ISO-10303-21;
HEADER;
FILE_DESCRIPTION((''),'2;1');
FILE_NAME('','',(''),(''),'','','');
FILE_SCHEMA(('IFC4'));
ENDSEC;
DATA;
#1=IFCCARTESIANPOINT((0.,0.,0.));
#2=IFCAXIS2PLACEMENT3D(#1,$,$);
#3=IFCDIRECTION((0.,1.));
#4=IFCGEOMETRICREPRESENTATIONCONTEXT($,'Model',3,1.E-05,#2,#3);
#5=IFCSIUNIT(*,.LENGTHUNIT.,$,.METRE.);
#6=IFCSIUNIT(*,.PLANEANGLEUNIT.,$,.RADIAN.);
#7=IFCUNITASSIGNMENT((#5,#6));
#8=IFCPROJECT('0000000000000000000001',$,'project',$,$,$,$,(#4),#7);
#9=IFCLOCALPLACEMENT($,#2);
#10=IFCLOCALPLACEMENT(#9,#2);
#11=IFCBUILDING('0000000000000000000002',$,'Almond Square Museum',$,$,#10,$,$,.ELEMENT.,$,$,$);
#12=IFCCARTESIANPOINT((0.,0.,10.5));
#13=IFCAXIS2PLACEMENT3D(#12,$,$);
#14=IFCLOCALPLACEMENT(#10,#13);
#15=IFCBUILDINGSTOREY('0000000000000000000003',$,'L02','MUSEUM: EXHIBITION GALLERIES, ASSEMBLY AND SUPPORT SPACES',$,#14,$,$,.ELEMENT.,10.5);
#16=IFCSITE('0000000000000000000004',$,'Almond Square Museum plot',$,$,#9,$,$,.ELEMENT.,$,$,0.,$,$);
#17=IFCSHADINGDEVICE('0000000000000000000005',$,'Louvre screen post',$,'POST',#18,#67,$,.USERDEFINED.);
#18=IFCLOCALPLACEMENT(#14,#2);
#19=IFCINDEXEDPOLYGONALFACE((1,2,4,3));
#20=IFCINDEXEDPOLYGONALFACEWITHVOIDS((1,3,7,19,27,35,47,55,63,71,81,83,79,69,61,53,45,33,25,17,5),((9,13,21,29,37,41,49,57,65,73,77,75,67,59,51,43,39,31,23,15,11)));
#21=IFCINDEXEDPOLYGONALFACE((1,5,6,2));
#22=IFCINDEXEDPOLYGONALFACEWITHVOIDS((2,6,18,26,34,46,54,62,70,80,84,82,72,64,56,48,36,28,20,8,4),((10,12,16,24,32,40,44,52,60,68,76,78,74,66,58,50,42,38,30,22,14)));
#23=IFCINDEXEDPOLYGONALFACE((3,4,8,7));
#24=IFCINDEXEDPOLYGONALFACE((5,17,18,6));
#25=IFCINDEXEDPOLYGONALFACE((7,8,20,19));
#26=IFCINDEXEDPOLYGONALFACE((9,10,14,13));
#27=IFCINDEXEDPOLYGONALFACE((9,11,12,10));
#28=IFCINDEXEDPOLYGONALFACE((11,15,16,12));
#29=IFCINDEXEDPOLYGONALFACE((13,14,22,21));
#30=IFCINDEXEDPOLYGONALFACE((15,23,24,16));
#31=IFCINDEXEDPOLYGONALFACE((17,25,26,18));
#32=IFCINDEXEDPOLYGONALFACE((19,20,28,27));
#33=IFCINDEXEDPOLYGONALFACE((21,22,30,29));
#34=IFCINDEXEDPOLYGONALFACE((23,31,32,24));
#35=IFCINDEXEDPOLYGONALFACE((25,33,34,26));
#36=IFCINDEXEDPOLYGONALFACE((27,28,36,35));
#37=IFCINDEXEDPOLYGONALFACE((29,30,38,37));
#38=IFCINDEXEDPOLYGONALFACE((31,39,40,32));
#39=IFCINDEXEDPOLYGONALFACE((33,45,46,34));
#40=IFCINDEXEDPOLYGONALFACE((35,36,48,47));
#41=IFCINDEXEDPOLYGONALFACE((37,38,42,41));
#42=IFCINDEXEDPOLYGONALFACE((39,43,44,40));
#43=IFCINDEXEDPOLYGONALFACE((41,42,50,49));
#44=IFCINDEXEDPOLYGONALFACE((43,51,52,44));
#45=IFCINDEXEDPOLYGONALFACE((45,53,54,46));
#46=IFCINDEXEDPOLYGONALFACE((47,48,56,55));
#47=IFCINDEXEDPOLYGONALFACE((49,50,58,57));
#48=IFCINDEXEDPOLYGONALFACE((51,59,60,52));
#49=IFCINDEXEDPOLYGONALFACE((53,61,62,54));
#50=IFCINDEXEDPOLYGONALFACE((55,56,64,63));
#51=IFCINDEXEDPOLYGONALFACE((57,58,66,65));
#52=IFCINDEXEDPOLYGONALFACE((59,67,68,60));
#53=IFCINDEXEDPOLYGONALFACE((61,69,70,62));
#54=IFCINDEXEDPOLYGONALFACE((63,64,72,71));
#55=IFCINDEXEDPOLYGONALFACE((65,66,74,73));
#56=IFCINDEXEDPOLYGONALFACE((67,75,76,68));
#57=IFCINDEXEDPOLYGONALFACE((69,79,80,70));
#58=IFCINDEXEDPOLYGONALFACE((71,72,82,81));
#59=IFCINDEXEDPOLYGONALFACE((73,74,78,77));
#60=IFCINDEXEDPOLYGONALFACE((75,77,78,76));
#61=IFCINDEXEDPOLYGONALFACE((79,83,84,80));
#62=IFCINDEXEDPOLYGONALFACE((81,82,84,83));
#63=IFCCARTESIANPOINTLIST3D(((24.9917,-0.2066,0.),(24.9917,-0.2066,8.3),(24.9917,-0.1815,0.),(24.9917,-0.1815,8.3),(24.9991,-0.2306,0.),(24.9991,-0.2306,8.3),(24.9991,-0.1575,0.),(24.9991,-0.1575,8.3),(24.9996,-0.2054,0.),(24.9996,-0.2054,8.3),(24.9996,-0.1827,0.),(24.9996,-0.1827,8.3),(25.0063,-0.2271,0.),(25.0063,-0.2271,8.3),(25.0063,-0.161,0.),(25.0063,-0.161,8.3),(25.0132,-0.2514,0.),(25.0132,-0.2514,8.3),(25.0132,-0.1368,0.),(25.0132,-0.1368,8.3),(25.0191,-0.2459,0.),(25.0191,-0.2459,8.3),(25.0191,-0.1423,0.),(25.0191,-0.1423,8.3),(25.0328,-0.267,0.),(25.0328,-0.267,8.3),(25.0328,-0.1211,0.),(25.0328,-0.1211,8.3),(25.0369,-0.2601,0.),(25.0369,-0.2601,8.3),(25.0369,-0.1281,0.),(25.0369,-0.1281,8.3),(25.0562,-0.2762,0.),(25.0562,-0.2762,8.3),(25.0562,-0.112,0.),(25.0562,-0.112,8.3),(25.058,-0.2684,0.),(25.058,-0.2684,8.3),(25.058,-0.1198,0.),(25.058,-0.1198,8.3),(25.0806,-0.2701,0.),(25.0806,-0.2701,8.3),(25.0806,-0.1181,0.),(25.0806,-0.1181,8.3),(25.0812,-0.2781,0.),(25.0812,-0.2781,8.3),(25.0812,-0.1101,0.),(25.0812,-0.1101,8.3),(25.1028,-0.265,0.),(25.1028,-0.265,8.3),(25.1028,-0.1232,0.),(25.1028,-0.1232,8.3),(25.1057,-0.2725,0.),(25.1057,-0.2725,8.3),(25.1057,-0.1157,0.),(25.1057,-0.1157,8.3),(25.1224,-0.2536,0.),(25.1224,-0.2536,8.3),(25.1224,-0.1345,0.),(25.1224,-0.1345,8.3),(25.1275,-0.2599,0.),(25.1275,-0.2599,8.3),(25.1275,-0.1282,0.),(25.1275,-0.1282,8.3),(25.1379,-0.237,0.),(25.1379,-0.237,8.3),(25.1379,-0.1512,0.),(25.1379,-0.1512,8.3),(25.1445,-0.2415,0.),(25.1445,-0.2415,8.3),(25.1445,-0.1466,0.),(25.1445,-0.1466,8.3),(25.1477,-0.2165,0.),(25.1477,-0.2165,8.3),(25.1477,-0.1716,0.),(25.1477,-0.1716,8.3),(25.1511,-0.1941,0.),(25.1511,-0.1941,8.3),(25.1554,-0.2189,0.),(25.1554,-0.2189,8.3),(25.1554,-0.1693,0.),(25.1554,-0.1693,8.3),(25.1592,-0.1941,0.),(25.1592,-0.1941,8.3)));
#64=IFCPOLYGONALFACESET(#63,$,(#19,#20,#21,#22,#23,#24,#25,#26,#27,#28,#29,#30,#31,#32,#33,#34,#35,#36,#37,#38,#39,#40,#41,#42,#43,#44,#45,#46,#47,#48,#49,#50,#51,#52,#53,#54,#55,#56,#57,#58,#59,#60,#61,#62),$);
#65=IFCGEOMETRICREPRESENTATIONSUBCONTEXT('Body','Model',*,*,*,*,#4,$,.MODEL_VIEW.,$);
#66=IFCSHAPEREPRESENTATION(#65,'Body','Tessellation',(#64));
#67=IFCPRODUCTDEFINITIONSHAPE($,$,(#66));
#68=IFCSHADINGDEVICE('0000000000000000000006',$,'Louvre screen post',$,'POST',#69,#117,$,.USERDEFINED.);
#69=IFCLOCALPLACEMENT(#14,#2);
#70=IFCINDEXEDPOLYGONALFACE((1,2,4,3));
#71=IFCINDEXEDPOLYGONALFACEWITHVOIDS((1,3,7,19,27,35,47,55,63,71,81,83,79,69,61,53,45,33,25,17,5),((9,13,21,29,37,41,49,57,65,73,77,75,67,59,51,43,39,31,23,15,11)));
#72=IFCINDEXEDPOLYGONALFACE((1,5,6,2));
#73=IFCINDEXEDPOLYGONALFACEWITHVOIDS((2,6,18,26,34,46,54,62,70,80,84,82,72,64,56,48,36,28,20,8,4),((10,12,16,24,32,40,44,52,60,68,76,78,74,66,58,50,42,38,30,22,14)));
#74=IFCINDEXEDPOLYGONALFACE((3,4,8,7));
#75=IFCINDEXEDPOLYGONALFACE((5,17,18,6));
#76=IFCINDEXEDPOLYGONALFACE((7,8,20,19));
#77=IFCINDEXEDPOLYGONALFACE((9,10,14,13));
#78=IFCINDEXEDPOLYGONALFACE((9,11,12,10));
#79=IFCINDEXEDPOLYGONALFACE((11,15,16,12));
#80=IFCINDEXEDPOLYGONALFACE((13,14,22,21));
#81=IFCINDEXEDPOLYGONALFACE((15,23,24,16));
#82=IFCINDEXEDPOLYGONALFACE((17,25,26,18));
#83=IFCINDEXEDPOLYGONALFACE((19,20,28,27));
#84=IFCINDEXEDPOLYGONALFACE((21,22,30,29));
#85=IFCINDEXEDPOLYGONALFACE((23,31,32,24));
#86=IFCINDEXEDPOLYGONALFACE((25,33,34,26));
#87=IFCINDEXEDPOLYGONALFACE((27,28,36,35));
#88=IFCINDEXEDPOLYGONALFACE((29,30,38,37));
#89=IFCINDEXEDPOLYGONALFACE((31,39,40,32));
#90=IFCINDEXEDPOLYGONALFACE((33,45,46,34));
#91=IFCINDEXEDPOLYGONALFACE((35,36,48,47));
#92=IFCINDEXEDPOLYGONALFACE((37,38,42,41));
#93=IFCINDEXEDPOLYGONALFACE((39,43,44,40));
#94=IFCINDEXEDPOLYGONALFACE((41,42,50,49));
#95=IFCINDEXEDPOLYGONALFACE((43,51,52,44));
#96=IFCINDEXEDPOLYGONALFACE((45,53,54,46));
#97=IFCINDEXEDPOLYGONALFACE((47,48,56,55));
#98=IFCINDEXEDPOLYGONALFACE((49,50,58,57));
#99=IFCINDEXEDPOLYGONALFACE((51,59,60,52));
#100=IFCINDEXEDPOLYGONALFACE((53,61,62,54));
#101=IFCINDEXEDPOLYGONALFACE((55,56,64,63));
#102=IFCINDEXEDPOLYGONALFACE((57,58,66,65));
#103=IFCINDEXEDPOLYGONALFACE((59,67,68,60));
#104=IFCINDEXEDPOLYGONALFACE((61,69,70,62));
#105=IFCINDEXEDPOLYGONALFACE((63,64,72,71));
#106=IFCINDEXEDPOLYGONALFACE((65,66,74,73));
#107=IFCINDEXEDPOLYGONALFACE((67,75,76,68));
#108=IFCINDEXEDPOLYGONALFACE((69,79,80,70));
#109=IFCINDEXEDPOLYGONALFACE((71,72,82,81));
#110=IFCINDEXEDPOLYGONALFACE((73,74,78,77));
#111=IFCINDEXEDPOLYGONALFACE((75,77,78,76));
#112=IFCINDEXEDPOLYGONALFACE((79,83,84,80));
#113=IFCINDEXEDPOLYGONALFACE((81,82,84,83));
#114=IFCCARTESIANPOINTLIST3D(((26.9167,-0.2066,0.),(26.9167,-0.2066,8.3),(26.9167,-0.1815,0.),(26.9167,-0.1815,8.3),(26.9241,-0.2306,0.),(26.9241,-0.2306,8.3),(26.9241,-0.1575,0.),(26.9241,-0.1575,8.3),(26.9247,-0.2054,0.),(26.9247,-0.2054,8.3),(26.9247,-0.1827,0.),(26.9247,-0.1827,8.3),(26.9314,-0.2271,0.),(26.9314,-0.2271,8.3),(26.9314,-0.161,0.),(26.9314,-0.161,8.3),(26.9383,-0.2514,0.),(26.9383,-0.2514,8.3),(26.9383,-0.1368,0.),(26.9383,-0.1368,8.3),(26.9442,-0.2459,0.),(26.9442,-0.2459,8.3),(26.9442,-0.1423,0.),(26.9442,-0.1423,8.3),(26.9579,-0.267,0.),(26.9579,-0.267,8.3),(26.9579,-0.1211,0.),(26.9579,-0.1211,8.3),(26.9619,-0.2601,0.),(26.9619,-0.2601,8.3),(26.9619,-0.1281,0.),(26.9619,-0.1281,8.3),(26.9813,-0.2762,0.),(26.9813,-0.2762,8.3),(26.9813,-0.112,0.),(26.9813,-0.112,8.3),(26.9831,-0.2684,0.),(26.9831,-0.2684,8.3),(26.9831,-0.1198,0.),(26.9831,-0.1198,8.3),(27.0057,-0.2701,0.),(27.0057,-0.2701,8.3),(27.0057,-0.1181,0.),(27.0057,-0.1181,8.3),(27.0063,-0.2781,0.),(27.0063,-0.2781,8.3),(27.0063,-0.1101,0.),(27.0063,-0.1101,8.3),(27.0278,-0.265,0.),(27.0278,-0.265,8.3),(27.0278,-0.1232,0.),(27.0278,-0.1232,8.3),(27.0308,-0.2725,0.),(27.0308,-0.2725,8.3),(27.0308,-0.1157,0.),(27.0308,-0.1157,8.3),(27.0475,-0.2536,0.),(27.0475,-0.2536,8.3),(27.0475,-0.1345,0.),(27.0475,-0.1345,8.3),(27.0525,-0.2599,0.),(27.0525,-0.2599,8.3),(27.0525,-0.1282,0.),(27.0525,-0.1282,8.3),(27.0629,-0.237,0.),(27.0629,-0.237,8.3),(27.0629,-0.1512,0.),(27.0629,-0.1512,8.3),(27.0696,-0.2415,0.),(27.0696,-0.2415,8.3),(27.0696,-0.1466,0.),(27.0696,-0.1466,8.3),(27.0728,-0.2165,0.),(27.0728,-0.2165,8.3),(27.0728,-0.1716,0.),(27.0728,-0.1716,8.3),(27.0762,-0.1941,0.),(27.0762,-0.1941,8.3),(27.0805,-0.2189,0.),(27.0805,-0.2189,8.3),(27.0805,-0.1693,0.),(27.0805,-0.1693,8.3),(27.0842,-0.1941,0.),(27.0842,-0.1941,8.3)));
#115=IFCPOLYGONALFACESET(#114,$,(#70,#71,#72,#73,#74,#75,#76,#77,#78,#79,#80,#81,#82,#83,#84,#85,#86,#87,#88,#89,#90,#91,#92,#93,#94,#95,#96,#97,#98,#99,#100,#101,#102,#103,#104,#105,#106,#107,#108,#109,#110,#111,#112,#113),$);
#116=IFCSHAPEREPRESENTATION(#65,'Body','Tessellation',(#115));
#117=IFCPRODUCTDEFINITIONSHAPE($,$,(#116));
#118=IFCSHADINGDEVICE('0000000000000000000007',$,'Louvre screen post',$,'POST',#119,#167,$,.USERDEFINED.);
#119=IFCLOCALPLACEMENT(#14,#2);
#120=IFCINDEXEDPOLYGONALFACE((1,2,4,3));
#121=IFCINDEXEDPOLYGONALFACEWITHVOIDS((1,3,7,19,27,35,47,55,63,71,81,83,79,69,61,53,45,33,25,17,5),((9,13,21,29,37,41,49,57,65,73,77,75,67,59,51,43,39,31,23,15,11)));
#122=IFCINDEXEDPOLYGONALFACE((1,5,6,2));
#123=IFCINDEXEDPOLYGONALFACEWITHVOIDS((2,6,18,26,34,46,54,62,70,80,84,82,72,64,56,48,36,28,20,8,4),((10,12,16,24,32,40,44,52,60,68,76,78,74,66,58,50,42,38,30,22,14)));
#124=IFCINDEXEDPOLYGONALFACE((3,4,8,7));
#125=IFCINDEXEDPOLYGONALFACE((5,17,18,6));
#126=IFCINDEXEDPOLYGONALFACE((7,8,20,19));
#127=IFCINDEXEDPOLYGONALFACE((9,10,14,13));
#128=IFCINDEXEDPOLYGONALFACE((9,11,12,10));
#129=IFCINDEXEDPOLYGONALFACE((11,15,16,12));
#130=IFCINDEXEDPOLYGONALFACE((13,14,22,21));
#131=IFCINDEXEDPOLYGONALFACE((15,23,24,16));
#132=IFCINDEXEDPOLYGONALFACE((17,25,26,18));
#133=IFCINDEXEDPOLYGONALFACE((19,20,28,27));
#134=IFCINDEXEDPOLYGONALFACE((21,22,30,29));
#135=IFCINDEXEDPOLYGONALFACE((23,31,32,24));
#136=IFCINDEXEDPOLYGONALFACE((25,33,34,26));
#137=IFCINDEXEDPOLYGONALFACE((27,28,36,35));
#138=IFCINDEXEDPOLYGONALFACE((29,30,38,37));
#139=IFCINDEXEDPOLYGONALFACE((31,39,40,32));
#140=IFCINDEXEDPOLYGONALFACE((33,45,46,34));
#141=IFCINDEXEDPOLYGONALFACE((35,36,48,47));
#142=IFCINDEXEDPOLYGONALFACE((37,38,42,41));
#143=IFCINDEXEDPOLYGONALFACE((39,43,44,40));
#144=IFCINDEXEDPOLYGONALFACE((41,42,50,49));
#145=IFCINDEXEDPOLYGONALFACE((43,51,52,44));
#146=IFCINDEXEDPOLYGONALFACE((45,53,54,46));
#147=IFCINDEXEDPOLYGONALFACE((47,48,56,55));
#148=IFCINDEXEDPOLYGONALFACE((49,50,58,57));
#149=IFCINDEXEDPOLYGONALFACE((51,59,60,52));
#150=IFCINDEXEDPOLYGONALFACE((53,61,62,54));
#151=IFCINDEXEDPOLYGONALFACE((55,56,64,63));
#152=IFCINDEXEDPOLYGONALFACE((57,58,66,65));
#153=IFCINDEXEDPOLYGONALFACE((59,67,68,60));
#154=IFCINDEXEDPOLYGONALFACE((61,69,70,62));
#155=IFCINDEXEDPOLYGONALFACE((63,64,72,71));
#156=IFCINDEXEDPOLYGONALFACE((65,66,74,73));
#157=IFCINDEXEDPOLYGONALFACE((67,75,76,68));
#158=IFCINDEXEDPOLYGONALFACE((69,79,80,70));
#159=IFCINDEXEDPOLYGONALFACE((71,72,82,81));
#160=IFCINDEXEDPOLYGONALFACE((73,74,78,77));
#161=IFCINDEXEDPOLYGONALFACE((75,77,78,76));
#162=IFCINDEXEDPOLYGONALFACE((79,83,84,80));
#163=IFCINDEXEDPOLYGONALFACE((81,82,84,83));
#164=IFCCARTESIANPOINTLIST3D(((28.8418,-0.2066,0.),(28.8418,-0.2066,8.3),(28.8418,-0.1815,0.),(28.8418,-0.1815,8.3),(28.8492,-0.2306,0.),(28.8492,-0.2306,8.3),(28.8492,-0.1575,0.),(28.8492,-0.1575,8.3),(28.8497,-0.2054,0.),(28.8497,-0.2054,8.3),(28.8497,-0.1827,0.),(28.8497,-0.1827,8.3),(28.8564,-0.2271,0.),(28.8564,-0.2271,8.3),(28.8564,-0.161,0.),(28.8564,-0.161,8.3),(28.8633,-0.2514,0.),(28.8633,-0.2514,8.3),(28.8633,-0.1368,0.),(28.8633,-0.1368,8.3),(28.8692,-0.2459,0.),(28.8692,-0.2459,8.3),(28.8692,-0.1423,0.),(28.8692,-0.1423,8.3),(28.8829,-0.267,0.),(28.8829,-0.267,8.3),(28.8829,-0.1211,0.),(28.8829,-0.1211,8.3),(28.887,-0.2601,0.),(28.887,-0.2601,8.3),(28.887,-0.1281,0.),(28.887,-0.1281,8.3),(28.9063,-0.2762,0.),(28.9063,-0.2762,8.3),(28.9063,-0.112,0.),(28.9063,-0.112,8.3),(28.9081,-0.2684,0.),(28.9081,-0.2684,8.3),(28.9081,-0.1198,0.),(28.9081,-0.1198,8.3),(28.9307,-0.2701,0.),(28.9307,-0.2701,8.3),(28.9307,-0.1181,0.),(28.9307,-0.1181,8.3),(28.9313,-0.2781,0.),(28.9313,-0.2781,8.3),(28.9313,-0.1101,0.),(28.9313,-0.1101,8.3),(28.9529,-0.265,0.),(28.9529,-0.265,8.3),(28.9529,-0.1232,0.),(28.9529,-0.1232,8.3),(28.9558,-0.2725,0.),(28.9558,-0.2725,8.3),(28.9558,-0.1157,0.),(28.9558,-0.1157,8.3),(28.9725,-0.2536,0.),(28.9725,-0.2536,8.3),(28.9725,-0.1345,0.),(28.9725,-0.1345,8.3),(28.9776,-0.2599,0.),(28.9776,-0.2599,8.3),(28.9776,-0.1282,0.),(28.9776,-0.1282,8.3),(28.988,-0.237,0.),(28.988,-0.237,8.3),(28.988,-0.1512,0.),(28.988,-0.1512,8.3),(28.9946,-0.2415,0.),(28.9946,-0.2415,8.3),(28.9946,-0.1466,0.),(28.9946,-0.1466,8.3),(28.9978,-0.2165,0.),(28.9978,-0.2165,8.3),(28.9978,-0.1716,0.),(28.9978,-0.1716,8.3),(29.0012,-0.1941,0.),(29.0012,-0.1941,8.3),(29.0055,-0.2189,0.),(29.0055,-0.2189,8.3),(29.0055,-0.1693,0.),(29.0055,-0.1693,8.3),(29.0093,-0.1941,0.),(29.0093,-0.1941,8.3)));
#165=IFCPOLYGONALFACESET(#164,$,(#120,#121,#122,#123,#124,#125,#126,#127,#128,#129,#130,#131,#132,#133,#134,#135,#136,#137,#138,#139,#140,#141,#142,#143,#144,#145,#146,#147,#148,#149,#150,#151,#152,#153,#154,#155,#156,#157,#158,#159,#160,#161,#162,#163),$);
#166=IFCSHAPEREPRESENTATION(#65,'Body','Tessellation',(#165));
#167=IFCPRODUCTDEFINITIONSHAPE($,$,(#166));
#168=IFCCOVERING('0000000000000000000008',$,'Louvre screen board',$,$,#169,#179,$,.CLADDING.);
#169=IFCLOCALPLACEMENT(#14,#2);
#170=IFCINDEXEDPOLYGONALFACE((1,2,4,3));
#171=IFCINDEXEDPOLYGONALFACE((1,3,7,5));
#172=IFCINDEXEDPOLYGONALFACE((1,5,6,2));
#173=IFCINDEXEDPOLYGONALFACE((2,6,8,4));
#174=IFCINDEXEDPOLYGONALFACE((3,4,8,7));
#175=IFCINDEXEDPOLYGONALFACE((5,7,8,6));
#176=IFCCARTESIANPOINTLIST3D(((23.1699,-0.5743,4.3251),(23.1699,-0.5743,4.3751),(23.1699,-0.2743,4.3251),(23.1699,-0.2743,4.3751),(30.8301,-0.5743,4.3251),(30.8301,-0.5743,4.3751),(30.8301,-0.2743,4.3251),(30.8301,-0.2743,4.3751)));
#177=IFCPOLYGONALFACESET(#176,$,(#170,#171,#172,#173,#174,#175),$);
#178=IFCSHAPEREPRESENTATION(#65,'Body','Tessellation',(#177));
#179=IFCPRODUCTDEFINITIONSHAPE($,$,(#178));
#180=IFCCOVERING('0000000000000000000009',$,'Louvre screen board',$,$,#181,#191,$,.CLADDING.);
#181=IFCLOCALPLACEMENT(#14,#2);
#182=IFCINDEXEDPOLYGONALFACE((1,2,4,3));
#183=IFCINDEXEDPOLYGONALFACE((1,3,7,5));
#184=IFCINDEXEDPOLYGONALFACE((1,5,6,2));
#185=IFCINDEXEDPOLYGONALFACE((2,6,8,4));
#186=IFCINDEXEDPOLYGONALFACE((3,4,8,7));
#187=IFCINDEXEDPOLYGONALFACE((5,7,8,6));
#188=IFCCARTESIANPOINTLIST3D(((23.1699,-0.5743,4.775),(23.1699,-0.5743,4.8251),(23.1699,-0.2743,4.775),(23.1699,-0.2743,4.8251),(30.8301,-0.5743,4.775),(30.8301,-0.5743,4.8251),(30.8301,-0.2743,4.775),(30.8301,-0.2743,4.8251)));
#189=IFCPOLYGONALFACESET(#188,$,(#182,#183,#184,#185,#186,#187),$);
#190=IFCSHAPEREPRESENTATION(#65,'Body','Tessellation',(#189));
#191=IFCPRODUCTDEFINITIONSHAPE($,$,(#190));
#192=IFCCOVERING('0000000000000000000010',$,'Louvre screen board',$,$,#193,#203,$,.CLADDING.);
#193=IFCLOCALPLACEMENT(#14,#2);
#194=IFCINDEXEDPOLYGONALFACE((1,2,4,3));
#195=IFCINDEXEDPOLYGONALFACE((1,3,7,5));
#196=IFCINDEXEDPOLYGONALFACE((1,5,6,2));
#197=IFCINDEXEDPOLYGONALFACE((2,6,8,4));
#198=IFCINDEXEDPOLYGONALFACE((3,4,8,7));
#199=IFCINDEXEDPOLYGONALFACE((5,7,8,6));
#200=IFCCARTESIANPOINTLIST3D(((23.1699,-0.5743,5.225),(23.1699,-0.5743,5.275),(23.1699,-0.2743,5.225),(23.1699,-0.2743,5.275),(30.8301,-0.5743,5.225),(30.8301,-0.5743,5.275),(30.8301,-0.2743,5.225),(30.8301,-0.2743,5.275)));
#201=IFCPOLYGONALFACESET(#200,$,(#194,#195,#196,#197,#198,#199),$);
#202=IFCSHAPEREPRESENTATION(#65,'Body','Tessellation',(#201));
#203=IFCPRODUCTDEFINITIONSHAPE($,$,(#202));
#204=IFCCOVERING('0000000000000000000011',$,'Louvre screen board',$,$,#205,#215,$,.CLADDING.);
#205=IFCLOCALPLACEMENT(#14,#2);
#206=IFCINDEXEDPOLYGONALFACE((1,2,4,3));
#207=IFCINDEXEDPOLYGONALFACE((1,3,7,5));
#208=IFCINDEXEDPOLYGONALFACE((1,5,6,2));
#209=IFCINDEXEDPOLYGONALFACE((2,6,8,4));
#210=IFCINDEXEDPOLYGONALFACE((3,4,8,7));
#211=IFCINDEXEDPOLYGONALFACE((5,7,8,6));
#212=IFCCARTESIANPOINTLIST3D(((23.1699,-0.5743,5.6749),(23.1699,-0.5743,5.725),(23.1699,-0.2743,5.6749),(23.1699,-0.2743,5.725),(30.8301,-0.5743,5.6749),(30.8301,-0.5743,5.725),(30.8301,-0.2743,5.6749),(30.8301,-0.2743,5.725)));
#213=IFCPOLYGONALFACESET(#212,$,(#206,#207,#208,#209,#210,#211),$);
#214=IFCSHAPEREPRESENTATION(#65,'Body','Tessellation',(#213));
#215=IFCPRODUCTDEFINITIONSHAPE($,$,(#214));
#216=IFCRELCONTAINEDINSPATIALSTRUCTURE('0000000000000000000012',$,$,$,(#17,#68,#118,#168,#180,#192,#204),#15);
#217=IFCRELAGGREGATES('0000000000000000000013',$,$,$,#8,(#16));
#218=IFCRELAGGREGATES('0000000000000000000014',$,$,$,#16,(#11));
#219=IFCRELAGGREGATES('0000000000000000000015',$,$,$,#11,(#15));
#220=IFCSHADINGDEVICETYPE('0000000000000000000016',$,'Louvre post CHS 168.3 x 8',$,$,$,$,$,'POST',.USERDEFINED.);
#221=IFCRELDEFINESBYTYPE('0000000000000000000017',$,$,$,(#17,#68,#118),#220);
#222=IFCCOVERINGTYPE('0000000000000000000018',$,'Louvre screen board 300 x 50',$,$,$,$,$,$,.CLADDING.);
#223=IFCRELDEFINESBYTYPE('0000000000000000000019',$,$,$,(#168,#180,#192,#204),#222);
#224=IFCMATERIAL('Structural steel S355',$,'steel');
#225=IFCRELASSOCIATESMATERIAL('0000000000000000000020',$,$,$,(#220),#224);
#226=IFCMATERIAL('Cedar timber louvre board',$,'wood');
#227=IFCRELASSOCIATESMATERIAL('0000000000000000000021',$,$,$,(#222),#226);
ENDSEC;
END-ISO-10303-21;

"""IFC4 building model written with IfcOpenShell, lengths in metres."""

from ifc_helpers import new_model, si_unit, direction, frame, origin, origin_2d, place, context, subcontext, project, spatial, rectangle, hollow_circle, extrude, material, material_profile, profile_set, type_object, element, save


model = new_model("IFC4")

# Units and contexts
model_context = context("Model", 3, precision=1e-05, world=origin(), true_north=direction((0.0, 1.0)))
body_context = subcontext(model_context, "Body", "Model", "MODEL_VIEW")
ifc_project = project(units=[si_unit("LENGTHUNIT", "METRE"), si_unit("PLANEANGLEUNIT", "RADIAN")], contexts=[model_context])

# Site, building, storey
site_placement = place(None, origin())
site = spatial("IfcSite", under=ifc_project, at=site_placement, Name="Almond Square Museum plot", CompositionType="ELEMENT", RefElevation=0.0)
building_placement = place(site_placement, origin())
building = spatial("IfcBuilding", under=site, at=building_placement, Name="Almond Square Museum", CompositionType="ELEMENT")
storey_placement = place(building_placement, frame((0.0, 0.0, 10.5)))
storey = spatial("IfcBuildingStorey", under=building, at=storey_placement, Name="L02", Description="MUSEUM: EXHIBITION GALLERIES, ASSEMBLY AND SUPPORT SPACES", CompositionType="ELEMENT", Elevation=10.5)

# Shading devices
ifc_material_1 = material(Name="Structural steel S355", Category="steel")
ifc_material_profile_1 = material_profile(ifc_material_1, hollow_circle(Radius=0.0842, WallThickness=0.0081, at=origin_2d()))
ifc_profile_set_1 = profile_set([ifc_material_profile_1], Name="Structural steel S355")
shading_device_type = type_object("IfcShadingDeviceType", Name="Louvre post CHS 168.3 x 8", ElementType="POST", PredefinedType="USERDEFINED", material=ifc_profile_set_1)
for number, where, z_axis, x_axis, name in (
    (1, (25.075, -0.1941, 0.0), (0.0, 0.0, 1.0), (1.0, 0.0, 0.0), "Louvre screen post"),
    (2, (27.0, -0.1941, 0.0), (0.0, 0.0, 1.0), (1.0, 0.0, 0.0), "Louvre screen post"),
    (3, (28.925, -0.1941, 0.0), (0.0, 0.0, 1.0), (1.0, 0.0, 0.0), "Louvre screen post"),
):
    element("IfcShadingDevice", number, at=place(storey_placement, frame(where, z_axis=z_axis, x_axis=x_axis)), inside=storey, type_object=shading_device_type, Name=name, ObjectType="POST", PredefinedType="USERDEFINED", context=body_context, shape_type="SweptSolid", body=[
        extrude(hollow_circle(Radius=0.0842, WallThickness=0.0081, at=origin_2d()), origin(), (0.0, 0.0, 1.0), 8.3),
    ])

# Coverings
ifc_material_2 = material(Name="Cedar timber louvre board", Category="wood")
ifc_material_profile_2 = material_profile(ifc_material_2, rectangle(XDim=0.3, YDim=0.05, at=origin_2d()))
ifc_profile_set_2 = profile_set([ifc_material_profile_2], Name="Cedar timber louvre board")
covering_type = type_object("IfcCoveringType", Name="Louvre screen board 300 x 50", PredefinedType="CLADDING", material=ifc_profile_set_2)
for number, where, z_axis, x_axis, name in (
    (4, (23.1699, -0.4243, 4.3501), (1.0, 0.0, 0.0), (0.0, 1.0, 0.0), "Louvre screen board"),
    (5, (23.1699, -0.4243, 4.8), (1.0, 0.0, 0.0), (0.0, 1.0, 0.0), "Louvre screen board"),
    (6, (23.1699, -0.4243, 5.25), (1.0, 0.0, 0.0), (0.0, 1.0, 0.0), "Louvre screen board"),
    (7, (23.1699, -0.4243, 5.7), (1.0, 0.0, 0.0), (0.0, 1.0, 0.0), "Louvre screen board"),
):
    element("IfcCovering", number, at=place(storey_placement, frame(where, z_axis=z_axis, x_axis=x_axis)), inside=storey, type_object=covering_type, Name=name, PredefinedType="CLADDING", context=body_context, shape_type="SweptSolid", body=[
        extrude(rectangle(XDim=0.3, YDim=0.05, at=origin_2d()), origin(), (0.0, 0.0, 1.0), 7.6602),
    ])

save(model, "model.ifc")
